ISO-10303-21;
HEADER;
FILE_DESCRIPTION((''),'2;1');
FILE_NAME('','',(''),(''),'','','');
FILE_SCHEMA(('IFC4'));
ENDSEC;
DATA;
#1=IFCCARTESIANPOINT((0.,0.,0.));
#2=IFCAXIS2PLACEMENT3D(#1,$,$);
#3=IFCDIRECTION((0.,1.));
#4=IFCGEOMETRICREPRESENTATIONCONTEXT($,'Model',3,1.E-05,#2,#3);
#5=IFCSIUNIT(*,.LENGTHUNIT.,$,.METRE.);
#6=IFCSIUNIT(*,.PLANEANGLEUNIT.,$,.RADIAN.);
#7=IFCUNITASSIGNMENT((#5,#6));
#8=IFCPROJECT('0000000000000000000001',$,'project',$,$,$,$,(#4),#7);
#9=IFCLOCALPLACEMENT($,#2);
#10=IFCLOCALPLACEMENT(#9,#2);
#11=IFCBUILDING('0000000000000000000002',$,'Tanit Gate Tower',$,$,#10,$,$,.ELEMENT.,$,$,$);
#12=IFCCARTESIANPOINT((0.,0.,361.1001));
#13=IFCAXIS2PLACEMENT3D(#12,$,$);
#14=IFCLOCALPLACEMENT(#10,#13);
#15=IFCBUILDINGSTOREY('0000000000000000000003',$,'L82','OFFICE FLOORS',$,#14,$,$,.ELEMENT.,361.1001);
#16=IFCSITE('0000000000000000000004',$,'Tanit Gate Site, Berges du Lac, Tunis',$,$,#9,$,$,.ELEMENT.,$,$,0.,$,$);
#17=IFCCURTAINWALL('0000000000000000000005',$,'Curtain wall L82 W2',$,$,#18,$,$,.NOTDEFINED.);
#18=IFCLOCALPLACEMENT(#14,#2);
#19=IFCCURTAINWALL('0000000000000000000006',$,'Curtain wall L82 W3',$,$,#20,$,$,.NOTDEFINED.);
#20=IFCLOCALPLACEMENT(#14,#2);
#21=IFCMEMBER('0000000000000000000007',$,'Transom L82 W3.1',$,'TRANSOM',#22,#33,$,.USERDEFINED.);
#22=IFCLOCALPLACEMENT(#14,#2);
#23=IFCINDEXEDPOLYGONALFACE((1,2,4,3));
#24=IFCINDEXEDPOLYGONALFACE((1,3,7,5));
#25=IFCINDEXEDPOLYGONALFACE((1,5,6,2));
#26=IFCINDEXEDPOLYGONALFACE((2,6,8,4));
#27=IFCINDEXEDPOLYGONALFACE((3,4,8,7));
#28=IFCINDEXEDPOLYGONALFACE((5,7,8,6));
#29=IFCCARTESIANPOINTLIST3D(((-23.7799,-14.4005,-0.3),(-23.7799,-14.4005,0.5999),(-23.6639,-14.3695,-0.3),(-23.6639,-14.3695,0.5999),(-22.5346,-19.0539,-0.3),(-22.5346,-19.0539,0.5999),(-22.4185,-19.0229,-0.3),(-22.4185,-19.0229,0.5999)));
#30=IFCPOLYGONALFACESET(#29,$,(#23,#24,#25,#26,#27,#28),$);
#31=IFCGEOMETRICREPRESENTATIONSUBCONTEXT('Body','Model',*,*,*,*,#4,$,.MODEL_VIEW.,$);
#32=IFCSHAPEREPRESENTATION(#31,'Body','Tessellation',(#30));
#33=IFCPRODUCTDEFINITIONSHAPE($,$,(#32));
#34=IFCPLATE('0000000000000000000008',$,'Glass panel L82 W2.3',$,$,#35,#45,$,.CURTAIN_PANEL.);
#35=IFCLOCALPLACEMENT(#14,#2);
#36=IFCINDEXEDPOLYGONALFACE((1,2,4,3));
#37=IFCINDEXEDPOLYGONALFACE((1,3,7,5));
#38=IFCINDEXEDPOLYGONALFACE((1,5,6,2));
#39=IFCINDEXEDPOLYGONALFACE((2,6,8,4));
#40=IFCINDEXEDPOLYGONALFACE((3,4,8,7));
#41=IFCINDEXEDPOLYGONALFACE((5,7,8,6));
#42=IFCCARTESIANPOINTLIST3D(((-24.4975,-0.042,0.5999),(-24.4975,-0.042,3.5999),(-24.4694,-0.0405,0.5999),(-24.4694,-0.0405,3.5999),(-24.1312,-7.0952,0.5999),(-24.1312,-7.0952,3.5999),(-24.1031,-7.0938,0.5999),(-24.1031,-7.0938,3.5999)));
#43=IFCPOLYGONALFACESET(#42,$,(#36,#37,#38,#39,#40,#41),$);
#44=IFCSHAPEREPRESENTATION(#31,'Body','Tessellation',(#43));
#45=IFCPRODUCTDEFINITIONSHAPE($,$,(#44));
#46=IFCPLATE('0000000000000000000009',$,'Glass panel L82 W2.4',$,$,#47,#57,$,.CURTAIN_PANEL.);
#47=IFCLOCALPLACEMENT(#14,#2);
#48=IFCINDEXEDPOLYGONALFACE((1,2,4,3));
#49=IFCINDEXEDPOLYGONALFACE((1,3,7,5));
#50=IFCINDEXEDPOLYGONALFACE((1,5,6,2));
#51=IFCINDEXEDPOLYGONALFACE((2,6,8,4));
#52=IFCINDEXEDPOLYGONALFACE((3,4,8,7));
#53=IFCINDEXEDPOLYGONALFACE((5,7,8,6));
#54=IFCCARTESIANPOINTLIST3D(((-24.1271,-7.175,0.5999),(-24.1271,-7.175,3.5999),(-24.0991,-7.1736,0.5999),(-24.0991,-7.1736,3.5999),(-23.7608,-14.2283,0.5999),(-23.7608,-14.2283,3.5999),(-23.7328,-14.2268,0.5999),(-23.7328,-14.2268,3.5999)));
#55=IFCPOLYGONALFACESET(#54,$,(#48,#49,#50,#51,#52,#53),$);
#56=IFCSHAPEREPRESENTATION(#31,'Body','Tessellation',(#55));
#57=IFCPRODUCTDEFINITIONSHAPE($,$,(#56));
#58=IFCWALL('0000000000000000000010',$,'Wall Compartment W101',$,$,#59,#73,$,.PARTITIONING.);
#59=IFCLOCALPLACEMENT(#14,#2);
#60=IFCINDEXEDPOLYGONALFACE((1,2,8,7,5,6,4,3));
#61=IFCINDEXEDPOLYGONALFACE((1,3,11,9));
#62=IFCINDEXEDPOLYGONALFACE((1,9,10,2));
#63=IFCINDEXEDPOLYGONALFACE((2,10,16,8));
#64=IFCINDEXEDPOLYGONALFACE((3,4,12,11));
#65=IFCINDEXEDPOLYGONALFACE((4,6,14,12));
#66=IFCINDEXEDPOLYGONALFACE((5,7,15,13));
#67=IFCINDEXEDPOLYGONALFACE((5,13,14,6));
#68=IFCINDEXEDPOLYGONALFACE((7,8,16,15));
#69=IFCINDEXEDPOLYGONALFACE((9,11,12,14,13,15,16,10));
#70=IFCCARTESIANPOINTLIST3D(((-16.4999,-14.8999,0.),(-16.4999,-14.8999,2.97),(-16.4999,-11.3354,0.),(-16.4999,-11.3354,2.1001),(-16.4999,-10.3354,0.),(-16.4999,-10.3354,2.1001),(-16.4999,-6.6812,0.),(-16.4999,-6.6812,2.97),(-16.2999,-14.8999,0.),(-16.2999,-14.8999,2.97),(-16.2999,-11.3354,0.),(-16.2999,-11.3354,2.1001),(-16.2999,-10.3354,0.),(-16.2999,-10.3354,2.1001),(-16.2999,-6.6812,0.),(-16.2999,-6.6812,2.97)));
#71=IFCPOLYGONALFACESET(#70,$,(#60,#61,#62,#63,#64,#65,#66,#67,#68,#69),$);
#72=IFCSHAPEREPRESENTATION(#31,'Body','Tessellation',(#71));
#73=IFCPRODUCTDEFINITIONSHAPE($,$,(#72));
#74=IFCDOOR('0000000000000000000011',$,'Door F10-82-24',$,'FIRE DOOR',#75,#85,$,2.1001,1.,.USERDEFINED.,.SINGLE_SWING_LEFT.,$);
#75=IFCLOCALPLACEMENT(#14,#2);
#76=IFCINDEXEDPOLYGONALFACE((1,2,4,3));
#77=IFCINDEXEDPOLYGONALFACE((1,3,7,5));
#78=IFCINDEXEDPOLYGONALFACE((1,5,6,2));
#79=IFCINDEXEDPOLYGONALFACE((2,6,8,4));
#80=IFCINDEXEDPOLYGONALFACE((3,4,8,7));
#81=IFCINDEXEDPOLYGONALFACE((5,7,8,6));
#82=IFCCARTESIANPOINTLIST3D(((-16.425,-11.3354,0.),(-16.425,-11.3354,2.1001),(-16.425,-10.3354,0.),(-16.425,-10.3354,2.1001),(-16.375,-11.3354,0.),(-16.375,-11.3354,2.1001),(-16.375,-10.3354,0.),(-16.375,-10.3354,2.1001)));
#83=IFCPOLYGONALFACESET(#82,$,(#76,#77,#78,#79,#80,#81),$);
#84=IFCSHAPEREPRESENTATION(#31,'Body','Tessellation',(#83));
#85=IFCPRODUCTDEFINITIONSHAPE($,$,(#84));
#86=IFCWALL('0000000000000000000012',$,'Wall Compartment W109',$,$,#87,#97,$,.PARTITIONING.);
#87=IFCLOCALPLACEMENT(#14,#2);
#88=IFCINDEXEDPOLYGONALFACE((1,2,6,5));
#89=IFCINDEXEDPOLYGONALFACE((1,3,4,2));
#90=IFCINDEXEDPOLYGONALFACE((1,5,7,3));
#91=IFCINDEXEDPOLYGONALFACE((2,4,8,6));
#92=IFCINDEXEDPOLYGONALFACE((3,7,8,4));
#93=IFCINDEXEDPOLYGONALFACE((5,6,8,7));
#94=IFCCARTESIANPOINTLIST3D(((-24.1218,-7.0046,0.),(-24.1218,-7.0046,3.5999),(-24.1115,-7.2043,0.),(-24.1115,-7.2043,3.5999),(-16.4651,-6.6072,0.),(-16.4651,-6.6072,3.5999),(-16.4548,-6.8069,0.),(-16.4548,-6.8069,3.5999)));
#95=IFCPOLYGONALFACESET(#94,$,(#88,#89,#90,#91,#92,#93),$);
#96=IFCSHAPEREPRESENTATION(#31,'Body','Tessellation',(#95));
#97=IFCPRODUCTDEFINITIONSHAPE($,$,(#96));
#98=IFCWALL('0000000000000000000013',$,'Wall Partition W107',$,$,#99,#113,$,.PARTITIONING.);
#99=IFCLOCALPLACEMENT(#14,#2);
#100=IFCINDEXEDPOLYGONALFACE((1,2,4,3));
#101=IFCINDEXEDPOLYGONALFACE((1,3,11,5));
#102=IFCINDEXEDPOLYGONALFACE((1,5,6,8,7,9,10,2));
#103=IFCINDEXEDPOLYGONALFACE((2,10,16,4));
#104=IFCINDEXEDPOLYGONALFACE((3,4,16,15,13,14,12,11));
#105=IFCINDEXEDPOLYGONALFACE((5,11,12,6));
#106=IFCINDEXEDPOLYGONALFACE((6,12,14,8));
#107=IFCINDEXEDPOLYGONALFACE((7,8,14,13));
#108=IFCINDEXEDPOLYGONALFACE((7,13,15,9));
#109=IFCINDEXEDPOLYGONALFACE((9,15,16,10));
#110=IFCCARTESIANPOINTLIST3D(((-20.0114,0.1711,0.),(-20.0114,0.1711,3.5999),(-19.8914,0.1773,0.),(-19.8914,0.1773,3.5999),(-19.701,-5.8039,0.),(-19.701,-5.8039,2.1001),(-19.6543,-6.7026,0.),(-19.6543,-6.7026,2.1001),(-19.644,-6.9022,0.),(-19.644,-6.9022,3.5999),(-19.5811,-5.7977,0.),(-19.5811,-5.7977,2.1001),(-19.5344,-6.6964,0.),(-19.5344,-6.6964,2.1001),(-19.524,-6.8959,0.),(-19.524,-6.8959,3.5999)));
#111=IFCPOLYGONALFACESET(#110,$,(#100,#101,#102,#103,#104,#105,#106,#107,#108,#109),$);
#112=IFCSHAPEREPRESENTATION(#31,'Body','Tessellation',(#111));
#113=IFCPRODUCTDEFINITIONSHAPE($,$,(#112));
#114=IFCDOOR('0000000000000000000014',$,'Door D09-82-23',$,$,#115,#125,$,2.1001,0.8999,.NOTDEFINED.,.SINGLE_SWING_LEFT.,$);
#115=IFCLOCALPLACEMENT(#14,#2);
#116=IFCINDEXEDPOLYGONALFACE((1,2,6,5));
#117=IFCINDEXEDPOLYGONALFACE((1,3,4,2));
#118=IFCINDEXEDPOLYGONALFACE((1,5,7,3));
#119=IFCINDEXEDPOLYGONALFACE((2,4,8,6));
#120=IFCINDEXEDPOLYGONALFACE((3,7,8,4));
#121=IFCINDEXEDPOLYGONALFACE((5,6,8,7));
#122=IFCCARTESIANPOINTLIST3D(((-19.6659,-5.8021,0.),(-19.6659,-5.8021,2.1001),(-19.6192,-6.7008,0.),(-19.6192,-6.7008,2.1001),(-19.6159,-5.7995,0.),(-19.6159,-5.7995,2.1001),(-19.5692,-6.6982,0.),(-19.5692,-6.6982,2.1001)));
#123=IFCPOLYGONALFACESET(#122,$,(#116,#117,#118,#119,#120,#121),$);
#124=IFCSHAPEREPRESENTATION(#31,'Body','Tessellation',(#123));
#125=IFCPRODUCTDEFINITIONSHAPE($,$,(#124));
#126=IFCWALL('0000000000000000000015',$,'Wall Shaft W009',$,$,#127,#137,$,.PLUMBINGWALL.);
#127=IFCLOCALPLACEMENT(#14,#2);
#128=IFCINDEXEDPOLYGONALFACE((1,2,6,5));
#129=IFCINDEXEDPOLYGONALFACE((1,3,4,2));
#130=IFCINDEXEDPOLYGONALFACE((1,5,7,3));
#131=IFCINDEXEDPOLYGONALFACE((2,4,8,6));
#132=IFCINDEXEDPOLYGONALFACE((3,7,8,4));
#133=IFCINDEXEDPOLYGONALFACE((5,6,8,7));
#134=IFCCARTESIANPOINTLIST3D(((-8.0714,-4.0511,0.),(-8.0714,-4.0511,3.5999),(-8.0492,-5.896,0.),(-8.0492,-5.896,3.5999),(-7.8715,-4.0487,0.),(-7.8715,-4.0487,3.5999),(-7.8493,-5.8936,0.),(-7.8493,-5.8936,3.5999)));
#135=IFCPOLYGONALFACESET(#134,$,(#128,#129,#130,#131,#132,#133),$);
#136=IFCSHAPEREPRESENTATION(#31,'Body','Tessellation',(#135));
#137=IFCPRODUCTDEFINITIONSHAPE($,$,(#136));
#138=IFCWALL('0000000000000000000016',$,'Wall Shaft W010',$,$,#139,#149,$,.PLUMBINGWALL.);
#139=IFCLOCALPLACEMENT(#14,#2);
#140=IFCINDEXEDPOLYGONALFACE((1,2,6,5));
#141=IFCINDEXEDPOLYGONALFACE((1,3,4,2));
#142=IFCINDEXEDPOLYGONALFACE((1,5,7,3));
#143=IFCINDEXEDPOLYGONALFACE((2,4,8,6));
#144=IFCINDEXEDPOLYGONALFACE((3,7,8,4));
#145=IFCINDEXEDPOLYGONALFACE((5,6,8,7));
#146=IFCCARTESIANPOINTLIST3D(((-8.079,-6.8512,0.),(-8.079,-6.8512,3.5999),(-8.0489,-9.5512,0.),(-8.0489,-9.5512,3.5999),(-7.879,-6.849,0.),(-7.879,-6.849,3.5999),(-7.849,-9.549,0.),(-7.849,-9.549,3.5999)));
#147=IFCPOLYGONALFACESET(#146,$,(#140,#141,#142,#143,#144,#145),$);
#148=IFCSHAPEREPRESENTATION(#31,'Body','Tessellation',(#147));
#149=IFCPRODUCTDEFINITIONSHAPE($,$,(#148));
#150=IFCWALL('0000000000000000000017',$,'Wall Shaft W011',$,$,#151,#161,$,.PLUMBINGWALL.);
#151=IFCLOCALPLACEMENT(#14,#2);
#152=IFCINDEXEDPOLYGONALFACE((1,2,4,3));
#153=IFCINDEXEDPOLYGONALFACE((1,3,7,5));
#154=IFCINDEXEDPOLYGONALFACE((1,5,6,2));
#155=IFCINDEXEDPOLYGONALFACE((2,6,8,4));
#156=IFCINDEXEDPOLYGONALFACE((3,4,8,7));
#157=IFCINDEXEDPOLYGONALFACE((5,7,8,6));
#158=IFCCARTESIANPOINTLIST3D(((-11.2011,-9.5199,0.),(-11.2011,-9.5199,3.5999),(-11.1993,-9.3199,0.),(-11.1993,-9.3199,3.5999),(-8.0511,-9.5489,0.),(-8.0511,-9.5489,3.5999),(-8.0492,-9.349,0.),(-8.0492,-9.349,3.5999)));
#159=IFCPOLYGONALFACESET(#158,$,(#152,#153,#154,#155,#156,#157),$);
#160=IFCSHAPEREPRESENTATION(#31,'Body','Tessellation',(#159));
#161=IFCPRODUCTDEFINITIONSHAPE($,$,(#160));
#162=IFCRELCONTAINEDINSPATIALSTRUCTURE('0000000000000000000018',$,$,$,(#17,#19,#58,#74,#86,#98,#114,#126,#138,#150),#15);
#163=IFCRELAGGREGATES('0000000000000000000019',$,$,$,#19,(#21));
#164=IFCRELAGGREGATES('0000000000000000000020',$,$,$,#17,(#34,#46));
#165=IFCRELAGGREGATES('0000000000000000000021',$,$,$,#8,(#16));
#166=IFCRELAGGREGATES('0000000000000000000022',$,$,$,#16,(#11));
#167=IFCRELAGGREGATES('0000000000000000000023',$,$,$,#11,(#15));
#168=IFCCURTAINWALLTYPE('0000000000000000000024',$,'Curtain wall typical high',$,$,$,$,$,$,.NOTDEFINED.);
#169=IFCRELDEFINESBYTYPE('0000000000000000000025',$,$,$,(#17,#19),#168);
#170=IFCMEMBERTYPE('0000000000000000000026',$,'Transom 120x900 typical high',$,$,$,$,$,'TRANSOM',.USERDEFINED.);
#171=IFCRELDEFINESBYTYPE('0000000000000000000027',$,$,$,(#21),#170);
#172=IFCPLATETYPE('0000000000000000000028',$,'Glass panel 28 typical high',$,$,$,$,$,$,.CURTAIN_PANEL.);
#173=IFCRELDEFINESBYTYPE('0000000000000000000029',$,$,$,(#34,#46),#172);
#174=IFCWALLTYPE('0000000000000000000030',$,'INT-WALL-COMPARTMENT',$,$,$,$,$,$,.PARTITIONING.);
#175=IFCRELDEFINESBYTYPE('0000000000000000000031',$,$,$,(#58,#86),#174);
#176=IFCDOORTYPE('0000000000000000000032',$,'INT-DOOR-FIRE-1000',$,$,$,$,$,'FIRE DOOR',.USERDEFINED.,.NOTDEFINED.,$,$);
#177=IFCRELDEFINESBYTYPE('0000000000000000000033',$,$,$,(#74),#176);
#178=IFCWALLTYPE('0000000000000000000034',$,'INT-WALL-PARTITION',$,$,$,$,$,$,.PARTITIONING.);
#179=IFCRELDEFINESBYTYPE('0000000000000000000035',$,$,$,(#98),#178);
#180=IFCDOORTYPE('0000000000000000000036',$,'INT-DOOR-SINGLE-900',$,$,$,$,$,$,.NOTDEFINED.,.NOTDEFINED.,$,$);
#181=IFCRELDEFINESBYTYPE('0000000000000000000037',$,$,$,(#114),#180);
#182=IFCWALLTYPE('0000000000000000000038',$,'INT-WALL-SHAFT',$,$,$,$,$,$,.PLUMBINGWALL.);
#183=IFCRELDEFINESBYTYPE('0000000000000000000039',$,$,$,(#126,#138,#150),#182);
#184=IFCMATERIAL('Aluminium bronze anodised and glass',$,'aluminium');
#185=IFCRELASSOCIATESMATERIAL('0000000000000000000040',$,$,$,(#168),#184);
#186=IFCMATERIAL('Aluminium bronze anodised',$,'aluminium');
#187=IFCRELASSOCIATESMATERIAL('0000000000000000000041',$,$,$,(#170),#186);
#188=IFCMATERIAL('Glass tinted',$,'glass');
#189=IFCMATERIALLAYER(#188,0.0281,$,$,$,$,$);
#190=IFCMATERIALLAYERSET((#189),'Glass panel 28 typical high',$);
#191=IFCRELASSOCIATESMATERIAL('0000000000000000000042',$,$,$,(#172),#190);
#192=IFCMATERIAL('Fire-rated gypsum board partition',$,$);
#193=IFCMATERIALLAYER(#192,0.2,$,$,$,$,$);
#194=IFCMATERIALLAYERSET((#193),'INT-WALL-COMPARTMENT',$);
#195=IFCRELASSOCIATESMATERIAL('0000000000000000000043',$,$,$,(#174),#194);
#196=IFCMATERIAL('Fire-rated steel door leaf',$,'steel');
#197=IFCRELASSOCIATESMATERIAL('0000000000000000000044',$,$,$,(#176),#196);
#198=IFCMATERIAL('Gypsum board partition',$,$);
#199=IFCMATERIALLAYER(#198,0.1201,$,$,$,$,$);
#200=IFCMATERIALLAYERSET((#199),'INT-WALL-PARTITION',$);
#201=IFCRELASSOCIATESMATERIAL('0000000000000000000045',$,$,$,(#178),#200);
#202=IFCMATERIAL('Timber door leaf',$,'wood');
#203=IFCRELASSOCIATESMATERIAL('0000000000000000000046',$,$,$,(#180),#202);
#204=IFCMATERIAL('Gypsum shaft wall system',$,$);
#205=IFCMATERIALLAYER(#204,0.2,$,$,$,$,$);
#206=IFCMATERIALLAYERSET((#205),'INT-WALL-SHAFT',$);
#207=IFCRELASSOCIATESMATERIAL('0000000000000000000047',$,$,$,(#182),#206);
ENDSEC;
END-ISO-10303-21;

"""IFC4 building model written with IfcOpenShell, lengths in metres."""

from ifc_helpers import new_model, si_unit, direction, frame, frame_2d, origin, origin_2d, place, context, subcontext, project, spatial, rectangle, extrude, material, layer, layer_set, material_profile, profile_set, type_object, element, fill, aggregate, save


model = new_model("IFC4")

# Units and contexts
model_context = context("Model", 3, precision=1e-05, world=origin(), true_north=direction((0.0, 1.0)))
body_context = subcontext(model_context, "Body", "Model", "MODEL_VIEW")
ifc_project = project(units=[si_unit("LENGTHUNIT", "METRE"), si_unit("PLANEANGLEUNIT", "RADIAN")], contexts=[model_context])

# Site, building, storey
site_placement = place(None, origin())
site = spatial("IfcSite", under=ifc_project, at=site_placement, Name="Tanit Gate Site, Berges du Lac, Tunis", CompositionType="ELEMENT", RefElevation=0.0)
building_placement = place(site_placement, origin())
building = spatial("IfcBuilding", under=site, at=building_placement, Name="Tanit Gate Tower", CompositionType="ELEMENT")
storey_placement = place(building_placement, frame((0.0, 0.0, 361.1001)))
storey = spatial("IfcBuildingStorey", under=building, at=storey_placement, Name="L82", Description="OFFICE FLOORS", CompositionType="ELEMENT", Elevation=361.1001)

# Curtain wall
ifc_material_1 = material(Name="Aluminium bronze anodised and glass", Category="aluminium")
curtain_wall_type = type_object("IfcCurtainWallType", Name="Curtain wall typical high", PredefinedType="NOTDEFINED", material=ifc_material_1)
curtain_wall_1_placement = place(storey_placement, origin())
curtain_wall_1 = element("IfcCurtainWall", 1, at=curtain_wall_1_placement, inside=storey, type_object=curtain_wall_type, Name="Curtain wall L82 W2", PredefinedType="NOTDEFINED")

# Shared definitions
ifc_material_2 = material(Name="Aluminium bronze anodised", Category="aluminium")
ifc_material_profile_1 = material_profile(ifc_material_2, rectangle(XDim=0.1201, YDim=0.8999, at=origin_2d()), Name="120x900 bronze transom")
ifc_profile_set_1 = profile_set([ifc_material_profile_1], Name="Aluminium bronze anodised")
member_type_1 = type_object("IfcMemberType", Name="Transom 120x900 typical high", ElementType="TRANSOM", PredefinedType="USERDEFINED", material=ifc_profile_set_1)

# Curtain wall, member
curtain_wall_2_placement = place(storey_placement, origin())
curtain_wall_2 = element("IfcCurtainWall", 2, at=curtain_wall_2_placement, inside=storey, type_object=curtain_wall_type, Name="Curtain wall L82 W3", PredefinedType="NOTDEFINED")
member_1_placement = place(storey_placement, frame((-23.7219, -14.385, 0.1499), z_axis=(0.25853, -0.966003, 0.0), x_axis=(0.966003, 0.25853, 0.0)))
member_1 = element("IfcMember", 3, at=member_1_placement, type_object=member_type_1, Name="Transom L82 W3.1", ObjectType="TRANSOM", PredefinedType="USERDEFINED", context=body_context, shape_type="SweptSolid", body=[
    extrude(rectangle(XDim=0.1201, YDim=0.8999, at=origin_2d()), origin(), (0.0, 0.0, 1.0), 4.8171),
])
aggregate(curtain_wall_2, [member_1])

# Plates
ifc_material_3 = material(Name="Glass tinted", Category="glass")
ifc_layer_1 = layer(ifc_material_3, 0.0281)
ifc_layer_set_1 = layer_set([ifc_layer_1], Name="Glass panel 28 typical high")
plate_type = type_object("IfcPlateType", Name="Glass panel 28 typical high", PredefinedType="CURTAIN_PANEL", material=ifc_layer_set_1)
plate_1_placement = place(storey_placement, frame((-24.3003, -3.5679, 0.5999), z_axis=(0.0, 0.0, 1.0), x_axis=(0.051865, -0.998654, 0.0)))
plate_1 = element("IfcPlate", 4, at=plate_1_placement, type_object=plate_type, Name="Glass panel L82 W2.3", PredefinedType="CURTAIN_PANEL", context=body_context, shape_type="SweptSolid", body=[
    extrude(rectangle(XDim=7.0627, YDim=0.0281, at=origin_2d()), origin(), (0.0, 0.0, 1.0), 3.0),
])
plate_2_placement = place(storey_placement, frame((-23.9299, -10.7009, 0.5999), z_axis=(0.0, 0.0, 1.0), x_axis=(0.051865, -0.998654, 0.0)))
plate_2 = element("IfcPlate", 5, at=plate_2_placement, type_object=plate_type, Name="Glass panel L82 W2.4", PredefinedType="CURTAIN_PANEL", context=body_context, shape_type="SweptSolid", body=[
    extrude(rectangle(XDim=7.0627, YDim=0.0281, at=origin_2d()), origin(), (0.0, 0.0, 1.0), 3.0),
])
aggregate(curtain_wall_1, [plate_1, plate_2])

# Wall, opening, door
ifc_material_4 = material(Name="Fire-rated gypsum board partition")
ifc_layer_2 = layer(ifc_material_4, 0.2)
ifc_layer_set_2 = layer_set([ifc_layer_2], Name="INT-WALL-COMPARTMENT")
wall_type_1 = type_object("IfcWallType", Name="INT-WALL-COMPARTMENT", PredefinedType="PARTITIONING", material=ifc_layer_set_2)
wall_1_placement = place(storey_placement, frame((-16.3999, -6.6812, 0.0), z_axis=(0.0, 0.0, 1.0), x_axis=(0.0, -1.0, 0.0)))
wall_1 = element("IfcWall", 6, at=wall_1_placement, inside=storey, type_object=wall_type_1, Name="Wall Compartment W101", PredefinedType="PARTITIONING", context=body_context, shape_type="SweptSolid", body=[
    extrude(rectangle(XDim=8.2188, YDim=0.2, at=frame_2d((4.1094, 0.0))), origin(), (0.0, 0.0, 1.0), 2.97),
])
opening_1_placement = place(wall_1_placement, frame((3.6543, 0.0, 0.0)))
opening_1 = element("IfcOpeningElement", 7, at=opening_1_placement, cuts=wall_1, PredefinedType="OPENING", context=body_context, shape_type="SweptSolid", body=[
    extrude(rectangle(XDim=1.0, YDim=2.1001, at=frame_2d((0.5, 1.05))), frame((0.0, 0.1099, 0.0), z_axis=(0.0, -1.0, 0.0), x_axis=(1.0, 0.0, 0.0)), (0.0, 0.0, 1.0), 0.22),
])
ifc_material_5 = material(Name="Fire-rated steel door leaf", Category="steel")
door_type_1 = type_object("IfcDoorType", Name="INT-DOOR-FIRE-1000", ElementType="FIRE DOOR", OperationType="NOTDEFINED", PredefinedType="USERDEFINED", material=ifc_material_5)
door_1_placement = place(opening_1_placement, origin())
door_1 = element("IfcDoor", 8, at=door_1_placement, inside=storey, type_object=door_type_1, Name="Door F10-82-24", ObjectType="FIRE DOOR", OperationType="SINGLE_SWING_LEFT", OverallHeight=2.1001, OverallWidth=1.0, PredefinedType="USERDEFINED", context=body_context, shape_type="SweptSolid", body=[
    extrude(rectangle(XDim=1.0, YDim=2.1001, at=frame_2d((0.5, 1.05))), frame((0.0, 0.0249, 0.0), z_axis=(0.0, -1.0, 0.0), x_axis=(1.0, 0.0, 0.0)), (0.0, 0.0, 1.0), 0.05),
])
fill(opening_1, door_1)

# Wall
wall_2_placement = place(storey_placement, frame((-16.46, -6.707, 0.0), z_axis=(0.0, 0.0, 1.0), x_axis=(-0.998655, -0.05184, 0.0)))
element("IfcWall", 9, at=wall_2_placement, inside=storey, type_object=wall_type_1, Name="Wall Compartment W109", PredefinedType="PARTITIONING", context=body_context, shape_type="SweptSolid", body=[
    extrude(rectangle(XDim=7.667, YDim=0.2, at=frame_2d((3.8335, 0.0))), origin(), (0.0, 0.0, 1.0), 3.5999),
])

# Wall, opening, door
ifc_material_6 = material(Name="Gypsum board partition")
ifc_layer_3 = layer(ifc_material_6, 0.1201)
ifc_layer_set_3 = layer_set([ifc_layer_3], Name="INT-WALL-PARTITION")
wall_type_2 = type_object("IfcWallType", Name="INT-WALL-PARTITION", PredefinedType="PARTITIONING", material=ifc_layer_set_3)
wall_3_placement = place(storey_placement, frame((-19.584, -6.8992, 0.0), z_axis=(0.0, 0.0, 1.0), x_axis=(-0.051877, 0.998653, 0.0)))
wall_3 = element("IfcWall", 10, at=wall_3_placement, inside=storey, type_object=wall_type_2, Name="Wall Partition W107", PredefinedType="PARTITIONING", context=body_context, shape_type="SweptSolid", body=[
    extrude(rectangle(XDim=7.0828, YDim=0.1201, at=frame_2d((3.5415, 0.0))), origin(), (0.0, 0.0, 1.0), 3.5999),
])
opening_2_placement = place(wall_3_placement, frame((0.2, 0.0, 0.0)))
opening_2 = element("IfcOpeningElement", 11, at=opening_2_placement, cuts=wall_3, PredefinedType="OPENING", context=body_context, shape_type="SweptSolid", body=[
    extrude(rectangle(XDim=0.8999, YDim=2.1001, at=frame_2d((0.45, 1.05))), frame((0.0, 0.0701, 0.0), z_axis=(0.0, -1.0, 0.0), x_axis=(1.0, 0.0, 0.0)), (0.0, 0.0, 1.0), 0.1401),
])
ifc_material_7 = material(Name="Timber door leaf", Category="wood")
door_type_2 = type_object("IfcDoorType", Name="INT-DOOR-SINGLE-900", OperationType="NOTDEFINED", PredefinedType="NOTDEFINED", material=ifc_material_7)
door_2_placement = place(opening_2_placement, origin())
door_2 = element("IfcDoor", 12, at=door_2_placement, inside=storey, type_object=door_type_2, Name="Door D09-82-23", OperationType="SINGLE_SWING_LEFT", OverallHeight=2.1001, OverallWidth=0.8999, PredefinedType="NOTDEFINED", context=body_context, shape_type="SweptSolid", body=[
    extrude(rectangle(XDim=0.8999, YDim=2.1001, at=frame_2d((0.45, 1.05))), frame((0.0, 0.0249, 0.0), z_axis=(0.0, -1.0, 0.0), x_axis=(1.0, 0.0, 0.0)), (0.0, 0.0, 1.0), 0.05),
])
fill(opening_2, door_2)

# Walls
ifc_material_8 = material(Name="Gypsum shaft wall system")
ifc_layer_4 = layer(ifc_material_8, 0.2)
ifc_layer_set_4 = layer_set([ifc_layer_4], Name="INT-WALL-SHAFT")
wall_type_3 = type_object("IfcWallType", Name="INT-WALL-SHAFT", PredefinedType="PLUMBINGWALL", material=ifc_layer_set_4)
wall_4_placement = place(storey_placement, frame((-7.9714, -4.05, 0.0), z_axis=(0.0, 0.0, 1.0), x_axis=(0.012043, -0.999927, 0.0)))
element("IfcWall", 13, at=wall_4_placement, inside=storey, type_object=wall_type_3, Name="Wall Shaft W009", PredefinedType="PLUMBINGWALL", context=body_context, shape_type="SweptSolid", body=[
    extrude(rectangle(XDim=1.845, YDim=0.2, at=frame_2d((0.9224, 0.0))), origin(), (0.0, 0.0, 1.0), 3.5999),
])
wall_5_placement = place(storey_placement, frame((-7.979, -6.8501, 0.0), z_axis=(0.0, 0.0, 1.0), x_axis=(0.011121, -0.999938, 0.0)))
element("IfcWall", 14, at=wall_5_placement, inside=storey, type_object=wall_type_3, Name="Wall Shaft W010", PredefinedType="PLUMBINGWALL", context=body_context, shape_type="SweptSolid", body=[
    extrude(rectangle(XDim=2.7002, YDim=0.2, at=frame_2d((1.3501, 0.0))), origin(), (0.0, 0.0, 1.0), 3.5999),
])
wall_6_placement = place(storey_placement, frame((-8.05, -9.449, 0.0), z_axis=(0.0, 0.0, 1.0), x_axis=(-0.999957, 0.009223, 0.0)))
element("IfcWall", 15, at=wall_6_placement, inside=storey, type_object=wall_type_3, Name="Wall Shaft W011", PredefinedType="PLUMBINGWALL", context=body_context, shape_type="SweptSolid", body=[
    extrude(rectangle(XDim=3.1501, YDim=0.2, at=frame_2d((1.5752, 0.0))), origin(), (0.0, 0.0, 1.0), 3.5999),
])

save(model, "model.ifc")
